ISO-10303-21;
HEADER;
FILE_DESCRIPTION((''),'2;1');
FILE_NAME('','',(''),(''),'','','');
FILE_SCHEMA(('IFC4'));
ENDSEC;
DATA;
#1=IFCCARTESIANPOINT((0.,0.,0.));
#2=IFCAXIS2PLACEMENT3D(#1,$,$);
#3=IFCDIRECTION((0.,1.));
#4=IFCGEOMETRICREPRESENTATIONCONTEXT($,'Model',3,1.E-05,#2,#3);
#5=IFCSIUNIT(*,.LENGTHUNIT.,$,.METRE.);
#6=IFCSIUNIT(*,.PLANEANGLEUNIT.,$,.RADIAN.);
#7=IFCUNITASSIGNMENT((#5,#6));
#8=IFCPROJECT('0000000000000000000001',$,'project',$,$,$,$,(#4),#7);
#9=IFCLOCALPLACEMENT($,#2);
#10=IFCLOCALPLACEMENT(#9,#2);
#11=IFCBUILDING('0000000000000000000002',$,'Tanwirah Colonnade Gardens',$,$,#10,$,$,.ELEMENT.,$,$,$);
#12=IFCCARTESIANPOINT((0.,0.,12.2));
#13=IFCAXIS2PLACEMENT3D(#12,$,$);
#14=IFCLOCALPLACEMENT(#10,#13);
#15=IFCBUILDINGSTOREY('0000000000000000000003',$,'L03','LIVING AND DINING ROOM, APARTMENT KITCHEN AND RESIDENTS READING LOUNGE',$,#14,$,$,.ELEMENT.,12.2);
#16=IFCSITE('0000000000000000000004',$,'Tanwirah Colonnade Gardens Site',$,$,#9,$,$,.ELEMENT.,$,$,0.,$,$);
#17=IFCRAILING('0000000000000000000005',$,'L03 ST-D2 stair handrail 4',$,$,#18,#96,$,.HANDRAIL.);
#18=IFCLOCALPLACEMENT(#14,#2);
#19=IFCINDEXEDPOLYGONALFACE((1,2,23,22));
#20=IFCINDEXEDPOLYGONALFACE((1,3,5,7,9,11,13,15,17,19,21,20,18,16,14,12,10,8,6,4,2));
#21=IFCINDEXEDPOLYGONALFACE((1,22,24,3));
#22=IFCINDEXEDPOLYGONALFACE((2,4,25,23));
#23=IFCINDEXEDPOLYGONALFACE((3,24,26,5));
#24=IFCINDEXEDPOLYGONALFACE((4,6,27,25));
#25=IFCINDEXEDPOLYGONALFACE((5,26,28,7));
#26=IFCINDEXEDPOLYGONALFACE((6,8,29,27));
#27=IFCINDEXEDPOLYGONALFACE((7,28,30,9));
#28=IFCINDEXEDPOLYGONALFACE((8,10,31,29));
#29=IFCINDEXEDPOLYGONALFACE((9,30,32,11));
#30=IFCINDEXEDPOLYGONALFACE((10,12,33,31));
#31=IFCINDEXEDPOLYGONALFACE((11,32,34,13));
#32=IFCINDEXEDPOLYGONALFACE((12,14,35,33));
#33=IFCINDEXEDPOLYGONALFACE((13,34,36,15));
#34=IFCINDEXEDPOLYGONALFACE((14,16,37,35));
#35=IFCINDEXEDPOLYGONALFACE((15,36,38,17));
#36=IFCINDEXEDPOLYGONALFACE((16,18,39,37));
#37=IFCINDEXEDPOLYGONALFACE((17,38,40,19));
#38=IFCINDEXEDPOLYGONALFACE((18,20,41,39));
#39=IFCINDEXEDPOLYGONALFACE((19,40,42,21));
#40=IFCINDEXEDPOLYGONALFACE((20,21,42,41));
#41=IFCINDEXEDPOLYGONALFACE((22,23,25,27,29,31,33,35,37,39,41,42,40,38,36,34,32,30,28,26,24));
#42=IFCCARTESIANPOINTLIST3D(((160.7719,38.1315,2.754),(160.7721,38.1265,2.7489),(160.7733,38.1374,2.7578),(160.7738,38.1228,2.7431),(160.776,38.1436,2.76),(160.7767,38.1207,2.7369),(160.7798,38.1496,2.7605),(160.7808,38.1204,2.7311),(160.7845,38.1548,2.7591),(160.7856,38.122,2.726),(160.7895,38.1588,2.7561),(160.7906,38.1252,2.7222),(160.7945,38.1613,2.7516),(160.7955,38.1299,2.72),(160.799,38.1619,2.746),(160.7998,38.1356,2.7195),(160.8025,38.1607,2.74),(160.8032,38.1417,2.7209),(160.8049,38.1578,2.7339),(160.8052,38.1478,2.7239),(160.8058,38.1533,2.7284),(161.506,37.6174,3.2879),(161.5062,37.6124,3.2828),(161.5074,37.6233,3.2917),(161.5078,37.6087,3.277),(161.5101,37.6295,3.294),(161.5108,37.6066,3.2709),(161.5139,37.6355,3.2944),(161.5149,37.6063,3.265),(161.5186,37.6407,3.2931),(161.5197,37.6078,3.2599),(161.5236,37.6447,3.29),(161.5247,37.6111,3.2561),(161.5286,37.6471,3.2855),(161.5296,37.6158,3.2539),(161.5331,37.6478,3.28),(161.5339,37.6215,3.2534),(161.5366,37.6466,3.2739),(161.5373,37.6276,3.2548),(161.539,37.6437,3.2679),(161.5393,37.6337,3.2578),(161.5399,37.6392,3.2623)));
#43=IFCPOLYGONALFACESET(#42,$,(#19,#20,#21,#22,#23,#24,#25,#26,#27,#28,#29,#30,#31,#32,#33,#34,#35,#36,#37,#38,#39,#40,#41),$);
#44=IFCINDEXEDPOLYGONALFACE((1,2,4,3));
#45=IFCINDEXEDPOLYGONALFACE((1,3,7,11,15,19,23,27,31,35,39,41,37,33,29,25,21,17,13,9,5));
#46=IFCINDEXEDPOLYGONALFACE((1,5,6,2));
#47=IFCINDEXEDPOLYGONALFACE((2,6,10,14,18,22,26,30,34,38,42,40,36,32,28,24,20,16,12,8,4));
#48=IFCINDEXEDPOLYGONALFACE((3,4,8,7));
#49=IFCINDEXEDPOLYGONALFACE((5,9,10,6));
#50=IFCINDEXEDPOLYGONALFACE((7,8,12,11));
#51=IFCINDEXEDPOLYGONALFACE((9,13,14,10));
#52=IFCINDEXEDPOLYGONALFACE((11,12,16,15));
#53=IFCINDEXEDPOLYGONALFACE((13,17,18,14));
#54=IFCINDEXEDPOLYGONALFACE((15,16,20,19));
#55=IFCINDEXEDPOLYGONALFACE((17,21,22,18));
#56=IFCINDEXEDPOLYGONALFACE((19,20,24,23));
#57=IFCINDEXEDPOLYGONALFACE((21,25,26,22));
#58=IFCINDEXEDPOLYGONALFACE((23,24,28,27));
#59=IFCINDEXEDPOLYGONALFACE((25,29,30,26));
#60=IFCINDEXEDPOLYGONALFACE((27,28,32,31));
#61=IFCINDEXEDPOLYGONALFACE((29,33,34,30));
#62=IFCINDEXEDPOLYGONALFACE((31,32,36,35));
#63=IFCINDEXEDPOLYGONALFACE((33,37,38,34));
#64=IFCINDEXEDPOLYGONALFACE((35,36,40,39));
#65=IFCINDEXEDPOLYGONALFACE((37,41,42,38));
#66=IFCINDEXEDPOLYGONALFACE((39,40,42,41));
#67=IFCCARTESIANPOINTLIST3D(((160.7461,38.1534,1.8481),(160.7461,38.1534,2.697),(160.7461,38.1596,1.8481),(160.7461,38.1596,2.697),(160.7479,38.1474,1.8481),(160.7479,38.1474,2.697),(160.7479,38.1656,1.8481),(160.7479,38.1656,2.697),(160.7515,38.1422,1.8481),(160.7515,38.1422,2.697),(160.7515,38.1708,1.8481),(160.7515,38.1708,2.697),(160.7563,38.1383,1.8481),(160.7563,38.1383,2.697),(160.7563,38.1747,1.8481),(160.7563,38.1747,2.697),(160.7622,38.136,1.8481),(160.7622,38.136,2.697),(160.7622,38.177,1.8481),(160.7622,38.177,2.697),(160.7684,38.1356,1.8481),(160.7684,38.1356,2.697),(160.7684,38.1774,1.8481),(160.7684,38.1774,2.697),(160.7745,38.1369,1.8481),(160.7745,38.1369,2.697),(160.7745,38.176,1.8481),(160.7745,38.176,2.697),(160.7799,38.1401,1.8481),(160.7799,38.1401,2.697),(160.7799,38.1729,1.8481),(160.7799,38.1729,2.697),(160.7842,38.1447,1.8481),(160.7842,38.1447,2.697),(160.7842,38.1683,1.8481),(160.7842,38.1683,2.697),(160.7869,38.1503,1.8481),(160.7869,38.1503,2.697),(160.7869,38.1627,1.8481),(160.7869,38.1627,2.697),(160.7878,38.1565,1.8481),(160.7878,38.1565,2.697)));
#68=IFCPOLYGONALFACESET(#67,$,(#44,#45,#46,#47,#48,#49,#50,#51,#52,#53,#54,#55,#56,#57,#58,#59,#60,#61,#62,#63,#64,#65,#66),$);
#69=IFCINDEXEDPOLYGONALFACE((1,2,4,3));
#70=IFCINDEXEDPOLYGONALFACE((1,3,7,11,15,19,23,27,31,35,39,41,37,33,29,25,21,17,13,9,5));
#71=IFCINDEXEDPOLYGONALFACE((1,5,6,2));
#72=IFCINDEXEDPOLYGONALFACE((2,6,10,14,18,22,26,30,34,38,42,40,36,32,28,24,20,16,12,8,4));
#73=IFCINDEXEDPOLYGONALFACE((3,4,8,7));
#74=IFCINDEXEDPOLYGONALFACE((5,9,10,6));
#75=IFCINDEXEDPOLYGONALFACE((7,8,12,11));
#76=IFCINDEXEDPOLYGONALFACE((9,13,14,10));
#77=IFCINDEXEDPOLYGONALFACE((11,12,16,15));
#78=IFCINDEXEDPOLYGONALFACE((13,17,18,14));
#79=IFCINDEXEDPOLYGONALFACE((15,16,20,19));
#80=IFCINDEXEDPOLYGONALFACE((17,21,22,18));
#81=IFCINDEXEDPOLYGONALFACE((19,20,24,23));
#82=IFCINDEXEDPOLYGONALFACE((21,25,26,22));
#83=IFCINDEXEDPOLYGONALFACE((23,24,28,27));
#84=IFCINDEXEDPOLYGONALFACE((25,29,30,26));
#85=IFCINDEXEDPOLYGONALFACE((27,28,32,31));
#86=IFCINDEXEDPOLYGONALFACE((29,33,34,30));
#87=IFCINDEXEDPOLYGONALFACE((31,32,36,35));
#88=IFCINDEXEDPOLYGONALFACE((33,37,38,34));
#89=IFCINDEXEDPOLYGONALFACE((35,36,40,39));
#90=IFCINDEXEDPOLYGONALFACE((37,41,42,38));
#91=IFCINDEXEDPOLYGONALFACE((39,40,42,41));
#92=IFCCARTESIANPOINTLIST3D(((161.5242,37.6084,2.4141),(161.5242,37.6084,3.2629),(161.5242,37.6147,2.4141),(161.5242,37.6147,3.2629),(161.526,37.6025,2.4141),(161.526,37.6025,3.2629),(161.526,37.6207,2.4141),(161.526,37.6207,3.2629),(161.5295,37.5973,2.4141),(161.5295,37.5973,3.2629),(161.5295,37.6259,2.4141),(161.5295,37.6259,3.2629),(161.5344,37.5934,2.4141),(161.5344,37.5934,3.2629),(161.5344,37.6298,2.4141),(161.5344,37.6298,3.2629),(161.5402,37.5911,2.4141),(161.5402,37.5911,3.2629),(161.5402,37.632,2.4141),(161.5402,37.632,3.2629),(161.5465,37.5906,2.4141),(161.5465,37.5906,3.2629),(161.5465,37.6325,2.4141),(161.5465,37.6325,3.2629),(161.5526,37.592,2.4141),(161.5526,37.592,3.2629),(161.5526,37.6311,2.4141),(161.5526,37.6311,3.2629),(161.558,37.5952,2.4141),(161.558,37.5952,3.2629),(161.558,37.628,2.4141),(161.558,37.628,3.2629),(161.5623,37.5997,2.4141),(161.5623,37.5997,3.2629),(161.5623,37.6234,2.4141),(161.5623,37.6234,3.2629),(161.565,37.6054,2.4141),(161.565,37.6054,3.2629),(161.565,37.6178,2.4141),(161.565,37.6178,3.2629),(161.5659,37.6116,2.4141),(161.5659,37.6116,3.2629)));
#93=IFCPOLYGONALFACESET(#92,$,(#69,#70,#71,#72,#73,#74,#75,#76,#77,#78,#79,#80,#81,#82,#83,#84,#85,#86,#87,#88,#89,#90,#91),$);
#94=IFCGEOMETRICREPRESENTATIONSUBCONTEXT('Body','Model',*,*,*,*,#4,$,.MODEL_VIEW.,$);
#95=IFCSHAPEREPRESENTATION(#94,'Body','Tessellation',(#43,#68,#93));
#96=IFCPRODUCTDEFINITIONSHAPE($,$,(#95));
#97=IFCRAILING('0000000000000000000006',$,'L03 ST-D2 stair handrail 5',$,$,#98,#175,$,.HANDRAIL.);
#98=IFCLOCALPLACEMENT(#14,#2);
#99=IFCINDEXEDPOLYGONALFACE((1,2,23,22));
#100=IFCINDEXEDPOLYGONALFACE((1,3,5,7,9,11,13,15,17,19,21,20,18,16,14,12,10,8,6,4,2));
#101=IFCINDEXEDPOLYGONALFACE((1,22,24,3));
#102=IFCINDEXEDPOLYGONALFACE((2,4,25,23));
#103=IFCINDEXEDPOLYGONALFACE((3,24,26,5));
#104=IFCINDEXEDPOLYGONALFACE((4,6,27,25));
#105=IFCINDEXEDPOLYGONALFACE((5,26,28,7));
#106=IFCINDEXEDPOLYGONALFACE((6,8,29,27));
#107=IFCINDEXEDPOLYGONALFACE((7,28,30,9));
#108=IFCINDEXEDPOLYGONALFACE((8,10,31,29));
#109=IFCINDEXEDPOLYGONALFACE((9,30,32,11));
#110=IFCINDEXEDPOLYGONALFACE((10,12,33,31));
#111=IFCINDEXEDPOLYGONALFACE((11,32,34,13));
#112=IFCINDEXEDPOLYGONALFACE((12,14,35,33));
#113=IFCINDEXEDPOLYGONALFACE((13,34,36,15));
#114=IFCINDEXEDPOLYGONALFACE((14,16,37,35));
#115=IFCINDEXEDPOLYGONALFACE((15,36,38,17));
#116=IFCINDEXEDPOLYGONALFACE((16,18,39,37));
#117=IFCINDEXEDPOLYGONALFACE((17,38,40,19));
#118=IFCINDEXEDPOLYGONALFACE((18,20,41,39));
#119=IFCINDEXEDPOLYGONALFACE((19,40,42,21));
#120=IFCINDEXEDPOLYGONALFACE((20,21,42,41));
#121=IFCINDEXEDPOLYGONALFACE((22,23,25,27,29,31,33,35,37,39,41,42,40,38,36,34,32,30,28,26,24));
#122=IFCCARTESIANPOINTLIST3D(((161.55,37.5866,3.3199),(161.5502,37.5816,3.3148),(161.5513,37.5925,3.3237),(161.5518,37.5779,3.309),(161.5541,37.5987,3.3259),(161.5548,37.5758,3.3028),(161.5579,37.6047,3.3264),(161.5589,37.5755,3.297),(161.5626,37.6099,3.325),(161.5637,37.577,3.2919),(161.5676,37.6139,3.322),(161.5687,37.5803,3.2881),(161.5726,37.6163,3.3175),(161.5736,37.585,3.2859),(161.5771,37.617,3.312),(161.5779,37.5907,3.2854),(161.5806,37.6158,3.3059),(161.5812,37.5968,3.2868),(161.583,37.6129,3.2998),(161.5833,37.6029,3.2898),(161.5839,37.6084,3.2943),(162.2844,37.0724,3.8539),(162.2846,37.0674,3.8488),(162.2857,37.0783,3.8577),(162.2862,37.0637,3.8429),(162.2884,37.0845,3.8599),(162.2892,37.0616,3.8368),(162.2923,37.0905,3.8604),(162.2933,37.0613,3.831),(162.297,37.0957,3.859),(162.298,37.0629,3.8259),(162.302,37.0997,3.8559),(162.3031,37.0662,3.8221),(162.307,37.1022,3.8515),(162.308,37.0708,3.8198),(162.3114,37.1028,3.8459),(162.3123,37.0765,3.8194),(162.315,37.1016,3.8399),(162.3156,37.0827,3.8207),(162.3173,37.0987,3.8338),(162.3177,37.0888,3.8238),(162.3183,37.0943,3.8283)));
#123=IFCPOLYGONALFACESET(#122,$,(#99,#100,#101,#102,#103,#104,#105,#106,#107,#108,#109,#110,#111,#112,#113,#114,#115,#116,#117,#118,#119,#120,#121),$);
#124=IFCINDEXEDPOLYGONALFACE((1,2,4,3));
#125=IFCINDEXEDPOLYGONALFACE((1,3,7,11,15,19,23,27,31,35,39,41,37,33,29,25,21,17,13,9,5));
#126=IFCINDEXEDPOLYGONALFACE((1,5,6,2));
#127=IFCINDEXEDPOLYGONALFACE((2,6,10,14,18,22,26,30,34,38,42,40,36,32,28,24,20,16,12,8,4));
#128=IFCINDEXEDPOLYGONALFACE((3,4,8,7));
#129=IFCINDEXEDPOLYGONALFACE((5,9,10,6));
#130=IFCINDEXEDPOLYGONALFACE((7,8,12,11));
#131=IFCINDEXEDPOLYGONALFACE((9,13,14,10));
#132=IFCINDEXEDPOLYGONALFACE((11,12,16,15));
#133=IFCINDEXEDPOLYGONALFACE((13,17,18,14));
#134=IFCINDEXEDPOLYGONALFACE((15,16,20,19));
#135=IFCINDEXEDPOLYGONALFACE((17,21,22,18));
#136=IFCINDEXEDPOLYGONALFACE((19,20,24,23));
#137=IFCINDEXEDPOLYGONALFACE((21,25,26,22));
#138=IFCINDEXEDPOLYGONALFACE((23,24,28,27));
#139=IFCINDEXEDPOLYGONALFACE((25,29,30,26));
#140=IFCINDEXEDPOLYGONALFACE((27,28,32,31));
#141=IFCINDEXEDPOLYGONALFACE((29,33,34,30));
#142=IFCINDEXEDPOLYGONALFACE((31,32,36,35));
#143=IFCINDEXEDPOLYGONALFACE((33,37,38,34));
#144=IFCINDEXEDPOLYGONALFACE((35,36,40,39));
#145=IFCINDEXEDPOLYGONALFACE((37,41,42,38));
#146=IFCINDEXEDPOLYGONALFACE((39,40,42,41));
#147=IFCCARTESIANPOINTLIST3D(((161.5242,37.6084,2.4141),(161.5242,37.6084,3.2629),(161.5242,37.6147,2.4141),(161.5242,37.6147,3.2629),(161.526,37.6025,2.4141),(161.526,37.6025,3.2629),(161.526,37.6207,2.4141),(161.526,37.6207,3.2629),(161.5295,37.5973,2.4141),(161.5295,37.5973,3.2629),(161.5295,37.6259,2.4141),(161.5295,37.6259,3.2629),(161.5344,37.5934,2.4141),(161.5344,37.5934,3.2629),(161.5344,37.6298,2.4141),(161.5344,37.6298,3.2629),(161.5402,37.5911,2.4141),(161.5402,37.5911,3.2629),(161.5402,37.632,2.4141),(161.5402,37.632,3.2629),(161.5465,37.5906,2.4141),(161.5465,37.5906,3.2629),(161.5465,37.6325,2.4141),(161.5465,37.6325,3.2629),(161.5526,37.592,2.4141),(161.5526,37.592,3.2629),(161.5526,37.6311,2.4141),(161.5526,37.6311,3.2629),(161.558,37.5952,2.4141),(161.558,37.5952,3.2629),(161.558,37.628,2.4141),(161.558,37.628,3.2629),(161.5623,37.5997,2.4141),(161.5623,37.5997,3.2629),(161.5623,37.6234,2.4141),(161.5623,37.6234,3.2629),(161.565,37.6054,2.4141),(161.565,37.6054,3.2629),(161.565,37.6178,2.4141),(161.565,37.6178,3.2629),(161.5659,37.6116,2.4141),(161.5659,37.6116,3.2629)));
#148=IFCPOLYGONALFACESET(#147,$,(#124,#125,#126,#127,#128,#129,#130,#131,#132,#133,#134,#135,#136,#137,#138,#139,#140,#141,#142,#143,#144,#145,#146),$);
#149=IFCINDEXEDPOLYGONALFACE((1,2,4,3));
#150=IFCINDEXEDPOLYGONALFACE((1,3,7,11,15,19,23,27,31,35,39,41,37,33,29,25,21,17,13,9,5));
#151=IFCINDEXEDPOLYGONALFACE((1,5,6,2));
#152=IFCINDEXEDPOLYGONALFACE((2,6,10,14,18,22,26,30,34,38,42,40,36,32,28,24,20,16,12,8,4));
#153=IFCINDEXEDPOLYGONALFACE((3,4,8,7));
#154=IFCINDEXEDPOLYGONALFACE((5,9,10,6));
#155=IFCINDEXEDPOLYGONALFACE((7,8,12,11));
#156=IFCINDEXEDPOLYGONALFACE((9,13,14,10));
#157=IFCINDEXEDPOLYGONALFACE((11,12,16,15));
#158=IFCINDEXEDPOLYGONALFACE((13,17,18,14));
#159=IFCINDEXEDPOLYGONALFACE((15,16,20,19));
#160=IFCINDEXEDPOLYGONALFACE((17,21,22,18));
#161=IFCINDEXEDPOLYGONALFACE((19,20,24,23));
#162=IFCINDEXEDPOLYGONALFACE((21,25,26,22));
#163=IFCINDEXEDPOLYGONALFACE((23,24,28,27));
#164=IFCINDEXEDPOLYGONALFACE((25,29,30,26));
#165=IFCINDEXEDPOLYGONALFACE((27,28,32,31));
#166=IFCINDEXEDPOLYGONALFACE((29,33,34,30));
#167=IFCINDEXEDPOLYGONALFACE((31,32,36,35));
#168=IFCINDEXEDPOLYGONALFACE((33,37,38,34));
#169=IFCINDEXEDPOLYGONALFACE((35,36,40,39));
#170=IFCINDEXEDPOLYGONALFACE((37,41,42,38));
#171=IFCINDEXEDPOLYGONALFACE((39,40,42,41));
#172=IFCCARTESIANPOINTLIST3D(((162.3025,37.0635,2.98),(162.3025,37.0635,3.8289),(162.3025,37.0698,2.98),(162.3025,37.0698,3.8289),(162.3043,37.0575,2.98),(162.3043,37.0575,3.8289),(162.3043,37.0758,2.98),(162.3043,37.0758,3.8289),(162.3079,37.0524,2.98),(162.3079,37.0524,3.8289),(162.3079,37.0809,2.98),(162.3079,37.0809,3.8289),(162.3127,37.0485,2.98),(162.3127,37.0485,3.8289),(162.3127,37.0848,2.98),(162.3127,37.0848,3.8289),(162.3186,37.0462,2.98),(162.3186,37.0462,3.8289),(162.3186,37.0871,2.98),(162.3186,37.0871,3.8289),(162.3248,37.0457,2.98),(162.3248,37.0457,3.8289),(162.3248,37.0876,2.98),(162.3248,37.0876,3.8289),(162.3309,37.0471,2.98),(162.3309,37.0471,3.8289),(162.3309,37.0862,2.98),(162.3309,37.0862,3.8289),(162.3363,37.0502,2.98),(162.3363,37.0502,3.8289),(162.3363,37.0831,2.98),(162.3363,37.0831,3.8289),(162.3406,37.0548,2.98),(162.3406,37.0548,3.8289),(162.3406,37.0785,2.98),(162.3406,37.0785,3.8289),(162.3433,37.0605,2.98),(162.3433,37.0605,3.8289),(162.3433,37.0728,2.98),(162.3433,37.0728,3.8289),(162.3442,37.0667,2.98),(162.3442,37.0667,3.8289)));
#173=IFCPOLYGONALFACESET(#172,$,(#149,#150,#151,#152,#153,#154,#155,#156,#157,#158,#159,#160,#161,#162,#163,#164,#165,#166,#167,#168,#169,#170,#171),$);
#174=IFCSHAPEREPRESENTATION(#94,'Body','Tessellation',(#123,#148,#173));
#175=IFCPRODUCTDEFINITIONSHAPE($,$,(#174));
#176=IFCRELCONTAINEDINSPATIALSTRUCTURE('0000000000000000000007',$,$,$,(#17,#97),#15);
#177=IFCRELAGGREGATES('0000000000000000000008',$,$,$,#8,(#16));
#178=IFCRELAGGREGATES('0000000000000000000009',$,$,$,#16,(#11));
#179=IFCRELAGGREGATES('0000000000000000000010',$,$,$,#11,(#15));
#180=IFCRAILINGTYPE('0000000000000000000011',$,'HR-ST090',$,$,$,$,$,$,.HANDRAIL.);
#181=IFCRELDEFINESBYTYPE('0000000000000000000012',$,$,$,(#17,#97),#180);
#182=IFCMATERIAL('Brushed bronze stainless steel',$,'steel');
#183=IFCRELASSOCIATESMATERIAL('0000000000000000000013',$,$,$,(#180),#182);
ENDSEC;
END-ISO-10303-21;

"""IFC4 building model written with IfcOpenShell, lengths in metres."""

from ifc_helpers import new_model, si_unit, direction, frame, origin, origin_2d, place, context, subcontext, project, spatial, circle, extrude, material, type_object, element, save


model = new_model("IFC4")

# Units and contexts
model_context = context("Model", 3, precision=1e-05, world=origin(), true_north=direction((0.0, 1.0)))
body_context = subcontext(model_context, "Body", "Model", "MODEL_VIEW")
ifc_project = project(units=[si_unit("LENGTHUNIT", "METRE"), si_unit("PLANEANGLEUNIT", "RADIAN")], contexts=[model_context])

# Site, building, storey
site_placement = place(None, origin())
site = spatial("IfcSite", under=ifc_project, at=site_placement, Name="Tanwirah Colonnade Gardens Site", CompositionType="ELEMENT", RefElevation=0.0)
building_placement = place(site_placement, origin())
building = spatial("IfcBuilding", under=site, at=building_placement, Name="Tanwirah Colonnade Gardens", CompositionType="ELEMENT")
storey_placement = place(building_placement, frame((0.0, 0.0, 12.2)))
storey = spatial("IfcBuildingStorey", under=building, at=storey_placement, Name="L03", Description="LIVING AND DINING ROOM, APARTMENT KITCHEN AND RESIDENTS READING LOUNGE", CompositionType="ELEMENT", Elevation=12.2)

# Railings
ifc_material_1 = material(Name="Brushed bronze stainless steel", Category="steel")
railing_type_1 = type_object("IfcRailingType", Name="HR-ST090", PredefinedType="HANDRAIL", material=ifc_material_1)
railing_1_placement = place(storey_placement, frame((160.7668, 38.1565, 1.8481)))
element("IfcRailing", 1, at=railing_1_placement, inside=storey, type_object=railing_type_1, Name="L03 ST-D2 stair handrail 4", PredefinedType="HANDRAIL", context=body_context, shape_type="SweptSolid", body=[
    extrude(circle(Radius=0.0239, at=origin_2d()), frame((0.022, -0.0154, 0.8918), z_axis=(0.703686, -0.492823, 0.511812), x_axis=(0.573652, 0.819099, 0.0)), (0.0, 0.0, 1.0), 1.0432),
    extrude(circle(Radius=0.021, at=origin_2d()), origin(), (0.0, 0.0, 1.0), 0.8489),
    extrude(circle(Radius=0.021, at=origin_2d()), frame((0.7781, -0.5449, 0.5659)), (0.0, 0.0, 1.0), 0.8489),
])
railing_2_placement = place(storey_placement, frame((161.5449, 37.6116, 2.4141)))
element("IfcRailing", 2, at=railing_2_placement, inside=storey, type_object=railing_type_1, Name="L03 ST-D2 stair handrail 5", PredefinedType="HANDRAIL", context=body_context, shape_type="SweptSolid", body=[
    extrude(circle(Radius=0.0239, at=origin_2d()), frame((0.022, -0.0154, 0.8918), z_axis=(0.703797, -0.492747, 0.511732), x_axis=(0.573531, 0.819184, 0.0)), (0.0, 0.0, 1.0), 1.0435),
    extrude(circle(Radius=0.021, at=origin_2d()), origin(), (0.0, 0.0, 1.0), 0.8489),
    extrude(circle(Radius=0.021, at=origin_2d()), frame((0.7783, -0.5449, 0.5659)), (0.0, 0.0, 1.0), 0.8489),
])

save(model, "model.ifc")
